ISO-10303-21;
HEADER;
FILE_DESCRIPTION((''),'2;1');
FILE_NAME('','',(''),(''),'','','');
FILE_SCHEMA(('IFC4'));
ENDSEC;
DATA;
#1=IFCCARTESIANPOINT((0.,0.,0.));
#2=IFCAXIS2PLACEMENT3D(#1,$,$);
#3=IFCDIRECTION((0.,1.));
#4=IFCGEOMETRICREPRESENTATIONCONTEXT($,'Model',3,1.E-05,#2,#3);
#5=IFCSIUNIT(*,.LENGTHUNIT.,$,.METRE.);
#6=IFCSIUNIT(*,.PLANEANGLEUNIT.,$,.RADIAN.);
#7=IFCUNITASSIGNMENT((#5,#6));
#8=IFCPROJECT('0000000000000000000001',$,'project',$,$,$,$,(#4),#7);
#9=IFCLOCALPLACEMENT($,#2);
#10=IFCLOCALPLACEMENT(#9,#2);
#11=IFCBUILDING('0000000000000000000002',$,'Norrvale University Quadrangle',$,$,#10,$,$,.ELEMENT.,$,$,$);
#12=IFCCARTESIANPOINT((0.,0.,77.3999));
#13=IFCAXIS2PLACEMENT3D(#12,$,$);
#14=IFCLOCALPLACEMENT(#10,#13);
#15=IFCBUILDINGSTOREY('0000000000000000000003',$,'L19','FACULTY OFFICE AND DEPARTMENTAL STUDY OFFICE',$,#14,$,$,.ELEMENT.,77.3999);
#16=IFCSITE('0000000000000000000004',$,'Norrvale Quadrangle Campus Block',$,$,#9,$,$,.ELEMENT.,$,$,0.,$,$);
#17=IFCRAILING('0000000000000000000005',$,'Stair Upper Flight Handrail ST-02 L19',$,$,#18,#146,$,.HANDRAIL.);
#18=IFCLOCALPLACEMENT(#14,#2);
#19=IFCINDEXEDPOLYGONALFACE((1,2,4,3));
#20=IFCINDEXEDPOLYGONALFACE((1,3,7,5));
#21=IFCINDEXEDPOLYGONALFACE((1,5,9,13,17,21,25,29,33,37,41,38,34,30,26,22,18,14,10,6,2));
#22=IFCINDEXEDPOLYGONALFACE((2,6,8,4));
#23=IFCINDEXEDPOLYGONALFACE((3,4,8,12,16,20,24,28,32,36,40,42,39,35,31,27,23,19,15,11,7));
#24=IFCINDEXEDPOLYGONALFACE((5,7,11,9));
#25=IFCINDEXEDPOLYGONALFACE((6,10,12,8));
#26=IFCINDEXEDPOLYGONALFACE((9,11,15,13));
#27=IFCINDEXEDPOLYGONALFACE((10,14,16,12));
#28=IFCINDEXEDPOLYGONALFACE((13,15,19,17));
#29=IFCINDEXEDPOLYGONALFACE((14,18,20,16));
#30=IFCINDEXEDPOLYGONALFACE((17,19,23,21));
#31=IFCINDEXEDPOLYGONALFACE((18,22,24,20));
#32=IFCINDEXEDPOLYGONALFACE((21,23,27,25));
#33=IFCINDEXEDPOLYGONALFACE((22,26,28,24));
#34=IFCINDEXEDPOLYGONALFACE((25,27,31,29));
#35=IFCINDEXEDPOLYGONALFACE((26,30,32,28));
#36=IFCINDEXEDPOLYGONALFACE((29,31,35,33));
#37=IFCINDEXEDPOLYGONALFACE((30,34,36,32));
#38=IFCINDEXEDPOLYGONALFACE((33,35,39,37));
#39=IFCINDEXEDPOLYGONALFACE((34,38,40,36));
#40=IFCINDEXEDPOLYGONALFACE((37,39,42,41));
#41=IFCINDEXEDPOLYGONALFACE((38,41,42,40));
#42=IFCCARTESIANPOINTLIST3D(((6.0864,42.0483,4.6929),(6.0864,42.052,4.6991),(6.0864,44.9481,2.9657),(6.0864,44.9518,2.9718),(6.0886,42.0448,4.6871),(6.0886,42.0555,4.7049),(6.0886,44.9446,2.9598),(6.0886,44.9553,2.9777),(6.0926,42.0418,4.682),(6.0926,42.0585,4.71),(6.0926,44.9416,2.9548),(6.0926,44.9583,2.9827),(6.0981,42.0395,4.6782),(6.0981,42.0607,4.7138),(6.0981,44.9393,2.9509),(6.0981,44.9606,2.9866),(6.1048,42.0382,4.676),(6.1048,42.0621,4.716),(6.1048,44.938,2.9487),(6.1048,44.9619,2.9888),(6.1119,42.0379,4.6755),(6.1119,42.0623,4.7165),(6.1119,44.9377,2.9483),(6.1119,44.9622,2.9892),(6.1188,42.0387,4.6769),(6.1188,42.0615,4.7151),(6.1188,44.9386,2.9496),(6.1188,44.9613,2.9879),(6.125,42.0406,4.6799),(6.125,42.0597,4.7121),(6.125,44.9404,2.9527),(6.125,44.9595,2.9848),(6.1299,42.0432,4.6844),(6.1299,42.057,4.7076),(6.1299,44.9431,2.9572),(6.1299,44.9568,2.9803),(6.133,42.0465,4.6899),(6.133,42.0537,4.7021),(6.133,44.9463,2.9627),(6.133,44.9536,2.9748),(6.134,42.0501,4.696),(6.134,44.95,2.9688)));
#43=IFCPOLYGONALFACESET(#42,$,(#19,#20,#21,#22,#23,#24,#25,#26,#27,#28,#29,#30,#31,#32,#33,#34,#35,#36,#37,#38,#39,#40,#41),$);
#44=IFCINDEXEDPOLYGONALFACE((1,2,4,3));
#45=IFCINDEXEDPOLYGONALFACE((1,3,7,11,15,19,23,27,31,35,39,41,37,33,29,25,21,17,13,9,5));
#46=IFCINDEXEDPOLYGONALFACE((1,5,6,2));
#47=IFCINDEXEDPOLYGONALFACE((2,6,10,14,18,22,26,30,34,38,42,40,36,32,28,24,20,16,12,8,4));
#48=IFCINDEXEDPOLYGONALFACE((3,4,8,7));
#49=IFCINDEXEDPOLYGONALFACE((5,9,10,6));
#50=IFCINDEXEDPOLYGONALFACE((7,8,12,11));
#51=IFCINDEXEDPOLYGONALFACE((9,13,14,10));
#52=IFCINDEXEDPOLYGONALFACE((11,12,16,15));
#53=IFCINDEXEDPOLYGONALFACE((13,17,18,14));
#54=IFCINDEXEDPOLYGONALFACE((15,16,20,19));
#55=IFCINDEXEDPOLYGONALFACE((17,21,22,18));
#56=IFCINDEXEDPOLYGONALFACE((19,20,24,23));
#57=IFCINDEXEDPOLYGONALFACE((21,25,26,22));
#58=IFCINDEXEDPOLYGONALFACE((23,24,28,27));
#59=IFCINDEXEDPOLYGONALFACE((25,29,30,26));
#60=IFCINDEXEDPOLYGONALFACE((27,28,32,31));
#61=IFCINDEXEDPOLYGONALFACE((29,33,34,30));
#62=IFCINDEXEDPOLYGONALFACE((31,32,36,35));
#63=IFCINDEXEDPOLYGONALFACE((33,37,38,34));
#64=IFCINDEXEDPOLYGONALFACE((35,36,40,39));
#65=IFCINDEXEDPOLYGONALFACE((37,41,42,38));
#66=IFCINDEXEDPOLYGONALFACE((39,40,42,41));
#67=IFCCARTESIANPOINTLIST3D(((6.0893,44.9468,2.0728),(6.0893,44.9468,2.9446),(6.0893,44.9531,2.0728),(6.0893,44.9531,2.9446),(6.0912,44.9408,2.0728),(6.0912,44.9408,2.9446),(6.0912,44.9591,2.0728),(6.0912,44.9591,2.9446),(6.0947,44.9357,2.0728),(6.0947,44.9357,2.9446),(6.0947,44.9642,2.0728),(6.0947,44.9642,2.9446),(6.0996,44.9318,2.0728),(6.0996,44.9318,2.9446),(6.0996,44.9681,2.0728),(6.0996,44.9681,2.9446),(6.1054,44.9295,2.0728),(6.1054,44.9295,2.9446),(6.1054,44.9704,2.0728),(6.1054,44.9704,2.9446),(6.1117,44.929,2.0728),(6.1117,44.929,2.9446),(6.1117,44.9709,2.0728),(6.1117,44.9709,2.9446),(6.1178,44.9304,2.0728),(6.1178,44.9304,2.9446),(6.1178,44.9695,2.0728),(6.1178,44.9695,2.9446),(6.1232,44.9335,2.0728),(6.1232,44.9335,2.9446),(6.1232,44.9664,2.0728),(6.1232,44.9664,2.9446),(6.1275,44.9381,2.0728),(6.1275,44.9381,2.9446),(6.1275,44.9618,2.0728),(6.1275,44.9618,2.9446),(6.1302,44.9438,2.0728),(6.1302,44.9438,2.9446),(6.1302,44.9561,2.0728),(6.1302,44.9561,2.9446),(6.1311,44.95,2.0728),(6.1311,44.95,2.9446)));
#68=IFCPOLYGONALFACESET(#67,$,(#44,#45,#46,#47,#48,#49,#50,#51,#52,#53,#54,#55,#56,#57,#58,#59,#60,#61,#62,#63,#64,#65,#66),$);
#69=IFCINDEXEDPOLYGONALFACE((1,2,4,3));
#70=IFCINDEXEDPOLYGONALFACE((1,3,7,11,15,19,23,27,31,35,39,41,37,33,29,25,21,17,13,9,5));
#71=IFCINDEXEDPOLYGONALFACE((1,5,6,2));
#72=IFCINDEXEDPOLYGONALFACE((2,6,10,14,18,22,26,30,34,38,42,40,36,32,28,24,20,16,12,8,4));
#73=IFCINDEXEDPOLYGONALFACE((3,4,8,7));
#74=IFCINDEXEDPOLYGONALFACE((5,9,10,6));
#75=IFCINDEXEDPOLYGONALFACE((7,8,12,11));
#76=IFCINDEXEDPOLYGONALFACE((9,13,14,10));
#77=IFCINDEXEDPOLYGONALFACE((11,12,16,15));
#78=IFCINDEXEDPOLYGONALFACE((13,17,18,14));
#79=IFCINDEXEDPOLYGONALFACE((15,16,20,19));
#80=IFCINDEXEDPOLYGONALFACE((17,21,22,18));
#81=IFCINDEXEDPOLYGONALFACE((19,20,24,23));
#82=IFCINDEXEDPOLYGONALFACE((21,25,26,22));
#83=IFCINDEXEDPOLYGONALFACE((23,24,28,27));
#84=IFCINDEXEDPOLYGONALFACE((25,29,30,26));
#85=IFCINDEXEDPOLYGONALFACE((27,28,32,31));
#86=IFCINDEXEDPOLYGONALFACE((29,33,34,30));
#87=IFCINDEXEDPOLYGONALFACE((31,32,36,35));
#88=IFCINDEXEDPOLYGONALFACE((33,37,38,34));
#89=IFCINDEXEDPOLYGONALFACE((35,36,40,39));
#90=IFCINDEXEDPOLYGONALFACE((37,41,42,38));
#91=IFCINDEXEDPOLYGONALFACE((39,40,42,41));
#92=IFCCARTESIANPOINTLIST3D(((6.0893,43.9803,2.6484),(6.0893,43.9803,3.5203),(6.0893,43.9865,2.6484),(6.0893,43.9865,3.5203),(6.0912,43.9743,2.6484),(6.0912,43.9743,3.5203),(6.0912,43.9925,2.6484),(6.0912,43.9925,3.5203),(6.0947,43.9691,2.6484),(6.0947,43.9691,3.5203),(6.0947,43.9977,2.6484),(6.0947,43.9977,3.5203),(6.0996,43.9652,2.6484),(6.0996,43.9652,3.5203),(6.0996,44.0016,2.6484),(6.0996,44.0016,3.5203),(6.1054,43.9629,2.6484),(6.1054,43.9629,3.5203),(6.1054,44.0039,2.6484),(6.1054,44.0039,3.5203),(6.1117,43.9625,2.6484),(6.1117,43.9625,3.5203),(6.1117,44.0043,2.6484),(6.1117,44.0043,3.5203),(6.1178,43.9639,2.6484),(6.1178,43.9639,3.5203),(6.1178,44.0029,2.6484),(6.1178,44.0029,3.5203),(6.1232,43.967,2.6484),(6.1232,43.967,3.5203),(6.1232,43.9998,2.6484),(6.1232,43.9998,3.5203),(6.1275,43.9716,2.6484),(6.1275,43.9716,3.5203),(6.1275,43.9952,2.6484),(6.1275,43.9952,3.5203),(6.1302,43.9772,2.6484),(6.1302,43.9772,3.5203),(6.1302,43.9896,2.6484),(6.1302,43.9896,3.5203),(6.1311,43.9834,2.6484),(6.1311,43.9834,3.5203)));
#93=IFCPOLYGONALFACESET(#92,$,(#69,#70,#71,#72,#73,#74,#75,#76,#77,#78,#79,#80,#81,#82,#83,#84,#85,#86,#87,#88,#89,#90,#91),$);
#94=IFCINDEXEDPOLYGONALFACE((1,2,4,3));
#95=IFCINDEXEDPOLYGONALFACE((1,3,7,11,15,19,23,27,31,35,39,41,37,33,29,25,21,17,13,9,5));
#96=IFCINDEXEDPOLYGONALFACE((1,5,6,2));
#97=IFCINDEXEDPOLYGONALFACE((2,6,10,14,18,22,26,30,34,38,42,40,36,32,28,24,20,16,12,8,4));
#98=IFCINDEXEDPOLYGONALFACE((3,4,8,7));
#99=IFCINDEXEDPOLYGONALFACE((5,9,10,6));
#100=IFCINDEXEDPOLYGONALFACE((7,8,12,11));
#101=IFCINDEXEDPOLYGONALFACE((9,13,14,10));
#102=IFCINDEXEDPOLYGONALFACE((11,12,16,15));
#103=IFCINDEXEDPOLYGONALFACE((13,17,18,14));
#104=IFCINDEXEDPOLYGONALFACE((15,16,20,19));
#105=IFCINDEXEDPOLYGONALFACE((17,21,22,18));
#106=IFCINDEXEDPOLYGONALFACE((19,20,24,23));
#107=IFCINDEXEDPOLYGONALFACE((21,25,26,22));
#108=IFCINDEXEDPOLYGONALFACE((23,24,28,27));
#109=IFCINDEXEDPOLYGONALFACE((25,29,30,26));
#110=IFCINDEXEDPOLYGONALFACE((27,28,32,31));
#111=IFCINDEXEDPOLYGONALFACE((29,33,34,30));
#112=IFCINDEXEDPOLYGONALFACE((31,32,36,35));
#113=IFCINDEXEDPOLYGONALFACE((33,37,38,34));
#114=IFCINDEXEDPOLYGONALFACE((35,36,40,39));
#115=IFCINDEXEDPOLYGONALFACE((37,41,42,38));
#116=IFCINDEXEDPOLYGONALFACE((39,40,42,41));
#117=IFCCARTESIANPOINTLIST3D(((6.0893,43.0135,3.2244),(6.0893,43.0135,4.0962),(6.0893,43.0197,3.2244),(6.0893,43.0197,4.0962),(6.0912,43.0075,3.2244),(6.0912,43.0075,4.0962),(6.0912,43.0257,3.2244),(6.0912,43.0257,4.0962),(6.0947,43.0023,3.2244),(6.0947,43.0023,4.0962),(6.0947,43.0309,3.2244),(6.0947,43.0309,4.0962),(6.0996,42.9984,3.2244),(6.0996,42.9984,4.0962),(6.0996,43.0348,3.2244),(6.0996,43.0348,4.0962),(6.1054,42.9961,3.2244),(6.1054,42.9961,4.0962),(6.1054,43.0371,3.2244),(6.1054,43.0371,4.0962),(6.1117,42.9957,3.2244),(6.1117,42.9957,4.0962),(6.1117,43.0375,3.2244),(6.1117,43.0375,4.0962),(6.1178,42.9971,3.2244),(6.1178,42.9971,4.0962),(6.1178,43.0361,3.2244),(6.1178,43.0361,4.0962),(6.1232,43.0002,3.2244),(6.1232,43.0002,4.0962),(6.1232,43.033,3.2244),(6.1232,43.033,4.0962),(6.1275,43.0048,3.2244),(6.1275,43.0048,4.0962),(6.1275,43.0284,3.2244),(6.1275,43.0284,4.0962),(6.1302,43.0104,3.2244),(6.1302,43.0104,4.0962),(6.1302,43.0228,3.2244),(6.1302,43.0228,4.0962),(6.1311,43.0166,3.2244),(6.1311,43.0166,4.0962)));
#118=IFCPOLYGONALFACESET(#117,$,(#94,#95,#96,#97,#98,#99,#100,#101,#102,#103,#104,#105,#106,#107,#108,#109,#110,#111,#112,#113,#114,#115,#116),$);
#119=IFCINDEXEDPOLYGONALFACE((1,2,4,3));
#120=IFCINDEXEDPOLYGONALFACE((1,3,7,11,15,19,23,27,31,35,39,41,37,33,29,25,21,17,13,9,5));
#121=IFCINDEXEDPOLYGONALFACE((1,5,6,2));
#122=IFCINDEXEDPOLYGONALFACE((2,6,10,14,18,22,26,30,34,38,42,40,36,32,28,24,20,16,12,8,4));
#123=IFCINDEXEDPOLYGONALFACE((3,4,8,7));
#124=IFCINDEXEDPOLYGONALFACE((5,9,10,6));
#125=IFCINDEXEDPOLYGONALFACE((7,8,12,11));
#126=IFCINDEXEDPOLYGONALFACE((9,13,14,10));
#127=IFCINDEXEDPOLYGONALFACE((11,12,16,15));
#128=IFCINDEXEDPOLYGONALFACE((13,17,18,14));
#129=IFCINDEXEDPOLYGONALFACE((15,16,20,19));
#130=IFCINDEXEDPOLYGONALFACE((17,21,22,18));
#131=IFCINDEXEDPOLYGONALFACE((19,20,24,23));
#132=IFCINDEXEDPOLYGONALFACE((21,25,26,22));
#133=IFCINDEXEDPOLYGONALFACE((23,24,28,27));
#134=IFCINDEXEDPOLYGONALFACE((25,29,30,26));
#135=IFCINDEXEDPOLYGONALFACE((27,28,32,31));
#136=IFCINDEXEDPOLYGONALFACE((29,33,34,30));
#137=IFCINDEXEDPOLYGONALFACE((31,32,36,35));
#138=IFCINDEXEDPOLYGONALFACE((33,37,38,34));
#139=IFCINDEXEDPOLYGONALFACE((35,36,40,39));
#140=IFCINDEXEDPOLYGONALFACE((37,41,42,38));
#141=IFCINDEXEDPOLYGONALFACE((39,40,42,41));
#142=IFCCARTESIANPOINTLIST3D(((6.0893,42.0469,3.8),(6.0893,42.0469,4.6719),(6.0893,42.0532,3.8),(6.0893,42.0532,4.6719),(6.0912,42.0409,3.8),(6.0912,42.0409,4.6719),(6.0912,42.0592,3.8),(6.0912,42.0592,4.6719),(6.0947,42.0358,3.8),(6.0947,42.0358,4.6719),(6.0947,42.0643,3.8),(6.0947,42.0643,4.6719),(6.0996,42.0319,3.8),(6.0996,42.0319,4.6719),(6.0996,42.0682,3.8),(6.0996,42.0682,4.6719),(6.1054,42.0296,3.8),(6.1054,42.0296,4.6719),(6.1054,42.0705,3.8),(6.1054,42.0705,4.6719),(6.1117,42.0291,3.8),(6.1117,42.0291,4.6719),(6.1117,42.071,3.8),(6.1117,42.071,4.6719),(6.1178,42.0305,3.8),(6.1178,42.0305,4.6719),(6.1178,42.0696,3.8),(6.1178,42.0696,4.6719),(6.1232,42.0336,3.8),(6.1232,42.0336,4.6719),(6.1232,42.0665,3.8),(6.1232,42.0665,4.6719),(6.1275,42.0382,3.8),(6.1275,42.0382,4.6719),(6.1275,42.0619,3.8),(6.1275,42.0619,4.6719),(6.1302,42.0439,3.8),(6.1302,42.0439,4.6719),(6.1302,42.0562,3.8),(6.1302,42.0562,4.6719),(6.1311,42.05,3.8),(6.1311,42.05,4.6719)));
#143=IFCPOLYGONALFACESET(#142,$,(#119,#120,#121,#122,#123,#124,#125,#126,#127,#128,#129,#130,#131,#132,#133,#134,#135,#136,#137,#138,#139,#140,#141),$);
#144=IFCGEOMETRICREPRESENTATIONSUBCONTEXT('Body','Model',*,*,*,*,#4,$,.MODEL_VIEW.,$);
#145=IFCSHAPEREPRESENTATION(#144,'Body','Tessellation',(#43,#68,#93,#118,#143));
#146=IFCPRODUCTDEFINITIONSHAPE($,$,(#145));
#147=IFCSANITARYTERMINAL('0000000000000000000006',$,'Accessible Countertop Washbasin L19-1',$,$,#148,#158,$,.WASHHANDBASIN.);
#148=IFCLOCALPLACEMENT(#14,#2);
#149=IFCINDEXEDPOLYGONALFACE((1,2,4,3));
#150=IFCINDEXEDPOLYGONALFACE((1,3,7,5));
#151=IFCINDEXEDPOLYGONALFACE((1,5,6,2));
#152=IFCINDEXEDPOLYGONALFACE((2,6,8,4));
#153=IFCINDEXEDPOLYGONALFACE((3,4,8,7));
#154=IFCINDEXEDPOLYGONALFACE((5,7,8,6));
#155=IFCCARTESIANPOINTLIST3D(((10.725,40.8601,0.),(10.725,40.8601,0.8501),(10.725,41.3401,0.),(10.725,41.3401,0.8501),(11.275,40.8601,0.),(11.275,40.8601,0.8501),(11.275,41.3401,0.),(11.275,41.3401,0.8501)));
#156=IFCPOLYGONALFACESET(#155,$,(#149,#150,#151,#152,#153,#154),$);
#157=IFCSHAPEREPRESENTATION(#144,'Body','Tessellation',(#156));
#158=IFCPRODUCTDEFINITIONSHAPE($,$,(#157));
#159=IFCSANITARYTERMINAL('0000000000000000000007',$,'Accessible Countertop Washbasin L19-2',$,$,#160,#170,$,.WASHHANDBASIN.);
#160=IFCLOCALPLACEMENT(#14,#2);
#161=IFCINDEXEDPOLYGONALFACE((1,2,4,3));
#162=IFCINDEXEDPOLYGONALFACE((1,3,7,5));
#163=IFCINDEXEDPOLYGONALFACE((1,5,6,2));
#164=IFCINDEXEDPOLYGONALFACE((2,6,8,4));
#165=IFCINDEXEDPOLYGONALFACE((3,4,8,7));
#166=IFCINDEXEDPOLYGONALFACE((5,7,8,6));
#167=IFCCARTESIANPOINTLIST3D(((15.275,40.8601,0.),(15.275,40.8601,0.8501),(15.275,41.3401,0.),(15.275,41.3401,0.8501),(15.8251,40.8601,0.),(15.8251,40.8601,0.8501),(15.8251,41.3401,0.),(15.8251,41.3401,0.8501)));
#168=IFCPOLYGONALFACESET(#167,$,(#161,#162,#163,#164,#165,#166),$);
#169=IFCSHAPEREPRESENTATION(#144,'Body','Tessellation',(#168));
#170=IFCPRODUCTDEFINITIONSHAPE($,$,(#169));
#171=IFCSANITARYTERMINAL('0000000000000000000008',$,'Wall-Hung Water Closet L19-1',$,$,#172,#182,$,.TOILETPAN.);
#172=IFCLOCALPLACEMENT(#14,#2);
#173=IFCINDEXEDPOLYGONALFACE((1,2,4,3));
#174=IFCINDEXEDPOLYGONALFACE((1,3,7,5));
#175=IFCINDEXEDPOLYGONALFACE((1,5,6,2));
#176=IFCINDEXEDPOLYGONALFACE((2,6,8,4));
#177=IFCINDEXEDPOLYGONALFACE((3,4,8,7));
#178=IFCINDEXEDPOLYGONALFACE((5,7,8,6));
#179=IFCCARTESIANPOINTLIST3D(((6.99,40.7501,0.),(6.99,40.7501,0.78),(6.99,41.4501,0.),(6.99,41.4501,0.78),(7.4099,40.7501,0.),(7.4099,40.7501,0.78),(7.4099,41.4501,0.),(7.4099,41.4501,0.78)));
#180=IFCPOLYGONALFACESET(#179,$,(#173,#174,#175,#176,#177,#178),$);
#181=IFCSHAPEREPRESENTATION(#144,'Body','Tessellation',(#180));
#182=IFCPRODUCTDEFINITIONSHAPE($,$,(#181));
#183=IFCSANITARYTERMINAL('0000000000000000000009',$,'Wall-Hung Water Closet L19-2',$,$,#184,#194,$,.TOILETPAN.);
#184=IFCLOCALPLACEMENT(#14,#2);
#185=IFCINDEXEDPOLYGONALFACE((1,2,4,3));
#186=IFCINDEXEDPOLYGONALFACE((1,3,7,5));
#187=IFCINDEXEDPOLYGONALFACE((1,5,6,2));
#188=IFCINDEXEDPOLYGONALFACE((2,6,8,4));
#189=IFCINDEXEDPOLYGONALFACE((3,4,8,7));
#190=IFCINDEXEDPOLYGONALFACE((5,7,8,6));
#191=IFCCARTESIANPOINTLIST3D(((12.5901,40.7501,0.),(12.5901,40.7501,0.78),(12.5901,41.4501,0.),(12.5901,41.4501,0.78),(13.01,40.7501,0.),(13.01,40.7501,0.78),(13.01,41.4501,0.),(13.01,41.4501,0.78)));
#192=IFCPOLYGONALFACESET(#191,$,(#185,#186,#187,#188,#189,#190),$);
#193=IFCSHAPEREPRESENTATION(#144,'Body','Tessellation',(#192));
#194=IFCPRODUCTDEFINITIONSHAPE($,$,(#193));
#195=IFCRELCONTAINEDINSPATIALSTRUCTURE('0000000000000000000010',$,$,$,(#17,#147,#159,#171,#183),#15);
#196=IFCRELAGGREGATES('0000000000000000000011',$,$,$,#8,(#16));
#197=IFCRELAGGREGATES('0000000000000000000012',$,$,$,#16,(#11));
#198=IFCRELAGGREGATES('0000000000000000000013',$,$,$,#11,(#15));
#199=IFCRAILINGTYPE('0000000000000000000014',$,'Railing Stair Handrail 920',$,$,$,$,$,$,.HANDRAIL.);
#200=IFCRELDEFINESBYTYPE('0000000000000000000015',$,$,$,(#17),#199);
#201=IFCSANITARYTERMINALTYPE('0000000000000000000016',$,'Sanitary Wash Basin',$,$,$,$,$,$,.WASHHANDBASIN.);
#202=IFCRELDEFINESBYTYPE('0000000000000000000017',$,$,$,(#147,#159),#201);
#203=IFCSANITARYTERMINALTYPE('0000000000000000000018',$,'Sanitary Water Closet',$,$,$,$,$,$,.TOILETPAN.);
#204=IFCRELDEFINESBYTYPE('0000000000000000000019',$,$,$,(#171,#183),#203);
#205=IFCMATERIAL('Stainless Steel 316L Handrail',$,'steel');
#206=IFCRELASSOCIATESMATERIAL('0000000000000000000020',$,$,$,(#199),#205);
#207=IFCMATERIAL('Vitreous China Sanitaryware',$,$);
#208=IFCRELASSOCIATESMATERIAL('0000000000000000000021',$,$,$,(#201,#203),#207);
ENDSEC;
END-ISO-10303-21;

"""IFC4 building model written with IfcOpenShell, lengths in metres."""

from ifc_helpers import new_model, si_unit, direction, frame, origin, origin_2d, place, context, subcontext, project, spatial, rectangle, circle, extrude, material, type_object, element, save


model = new_model("IFC4")

# Units and contexts
model_context = context("Model", 3, precision=1e-05, world=origin(), true_north=direction((0.0, 1.0)))
body_context = subcontext(model_context, "Body", "Model", "MODEL_VIEW")
ifc_project = project(units=[si_unit("LENGTHUNIT", "METRE"), si_unit("PLANEANGLEUNIT", "RADIAN")], contexts=[model_context])

# Site, building, storey
site_placement = place(None, origin())
site = spatial("IfcSite", under=ifc_project, at=site_placement, Name="Norrvale Quadrangle Campus Block", CompositionType="ELEMENT", RefElevation=0.0)
building_placement = place(site_placement, origin())
building = spatial("IfcBuilding", under=site, at=building_placement, Name="Norrvale University Quadrangle", CompositionType="ELEMENT")
storey_placement = place(building_placement, frame((0.0, 0.0, 77.3999)))
storey = spatial("IfcBuildingStorey", under=building, at=storey_placement, Name="L19", Description="FACULTY OFFICE AND DEPARTMENTAL STUDY OFFICE", CompositionType="ELEMENT", Elevation=77.3999)

# Railing
ifc_material_1 = material(Name="Stainless Steel 316L Handrail", Category="steel")
railing_type_1 = type_object("IfcRailingType", Name="Railing Stair Handrail 920", PredefinedType="HANDRAIL", material=ifc_material_1)
railing_1_placement = place(storey_placement, frame((6.1101, 44.95, 2.0728)))
element("IfcRailing", 1, at=railing_1_placement, inside=storey, type_object=railing_type_1, Name="Stair Upper Flight Handrail ST-02 L19", PredefinedType="HANDRAIL", context=body_context, shape_type="SweptSolid", body=[
    extrude(circle(Radius=0.0239, at=origin_2d()), frame((0.0, 0.0, 0.896), z_axis=(0.0, -0.859141, 0.511738), x_axis=(1.0, 0.0, 0.0)), (0.0, 0.0, 1.0), 3.3752),
    extrude(circle(Radius=0.021, at=origin_2d()), origin(), (0.0, 0.0, 1.0), 0.8718),
    extrude(circle(Radius=0.021, at=origin_2d()), frame((0.0, -0.9666, 0.5757)), (0.0, 0.0, 1.0), 0.8718),
    extrude(circle(Radius=0.021, at=origin_2d()), frame((0.0, -1.9333, 1.1516)), (0.0, 0.0, 1.0), 0.8718),
    extrude(circle(Radius=0.021, at=origin_2d()), frame((0.0, -2.8999, 1.7273)), (0.0, 0.0, 1.0), 0.8718),
])

# Sanitary terminals
ifc_material_2 = material(Name="Vitreous China Sanitaryware")
sanitary_terminal_type_1 = type_object("IfcSanitaryTerminalType", Name="Sanitary Wash Basin", PredefinedType="WASHHANDBASIN", material=ifc_material_2)
for number, where, z_axis, x_axis, name in (
    (2, (11.0, 41.1001, 0.0), (0.0, 0.0, 1.0), (1.0, 0.0, 0.0), "Accessible Countertop Washbasin L19-1"),
    (3, (15.55, 41.1001, 0.0), (0.0, 0.0, 1.0), (1.0, 0.0, 0.0), "Accessible Countertop Washbasin L19-2"),
):
    element("IfcSanitaryTerminal", number, at=place(storey_placement, frame(where, z_axis=z_axis, x_axis=x_axis)), inside=storey, type_object=sanitary_terminal_type_1, Name=name, PredefinedType="WASHHANDBASIN", context=body_context, shape_type="SweptSolid", body=[
        extrude(rectangle(XDim=0.55, YDim=0.48, at=origin_2d()), origin(), (0.0, 0.0, 1.0), 0.8501),
    ])
sanitary_terminal_type_2 = type_object("IfcSanitaryTerminalType", Name="Sanitary Water Closet", PredefinedType="TOILETPAN", material=ifc_material_2)
for number, where, z_axis, x_axis, name in (
    (4, (7.2, 41.1001, 0.0), (0.0, 0.0, 1.0), (1.0, 0.0, 0.0), "Wall-Hung Water Closet L19-1"),
    (5, (12.8, 41.1001, 0.0), (0.0, 0.0, 1.0), (1.0, 0.0, 0.0), "Wall-Hung Water Closet L19-2"),
):
    element("IfcSanitaryTerminal", number, at=place(storey_placement, frame(where, z_axis=z_axis, x_axis=x_axis)), inside=storey, type_object=sanitary_terminal_type_2, Name=name, PredefinedType="TOILETPAN", context=body_context, shape_type="SweptSolid", body=[
        extrude(rectangle(XDim=0.4199, YDim=0.7, at=origin_2d()), origin(), (0.0, 0.0, 1.0), 0.78),
    ])

save(model, "model.ifc")
